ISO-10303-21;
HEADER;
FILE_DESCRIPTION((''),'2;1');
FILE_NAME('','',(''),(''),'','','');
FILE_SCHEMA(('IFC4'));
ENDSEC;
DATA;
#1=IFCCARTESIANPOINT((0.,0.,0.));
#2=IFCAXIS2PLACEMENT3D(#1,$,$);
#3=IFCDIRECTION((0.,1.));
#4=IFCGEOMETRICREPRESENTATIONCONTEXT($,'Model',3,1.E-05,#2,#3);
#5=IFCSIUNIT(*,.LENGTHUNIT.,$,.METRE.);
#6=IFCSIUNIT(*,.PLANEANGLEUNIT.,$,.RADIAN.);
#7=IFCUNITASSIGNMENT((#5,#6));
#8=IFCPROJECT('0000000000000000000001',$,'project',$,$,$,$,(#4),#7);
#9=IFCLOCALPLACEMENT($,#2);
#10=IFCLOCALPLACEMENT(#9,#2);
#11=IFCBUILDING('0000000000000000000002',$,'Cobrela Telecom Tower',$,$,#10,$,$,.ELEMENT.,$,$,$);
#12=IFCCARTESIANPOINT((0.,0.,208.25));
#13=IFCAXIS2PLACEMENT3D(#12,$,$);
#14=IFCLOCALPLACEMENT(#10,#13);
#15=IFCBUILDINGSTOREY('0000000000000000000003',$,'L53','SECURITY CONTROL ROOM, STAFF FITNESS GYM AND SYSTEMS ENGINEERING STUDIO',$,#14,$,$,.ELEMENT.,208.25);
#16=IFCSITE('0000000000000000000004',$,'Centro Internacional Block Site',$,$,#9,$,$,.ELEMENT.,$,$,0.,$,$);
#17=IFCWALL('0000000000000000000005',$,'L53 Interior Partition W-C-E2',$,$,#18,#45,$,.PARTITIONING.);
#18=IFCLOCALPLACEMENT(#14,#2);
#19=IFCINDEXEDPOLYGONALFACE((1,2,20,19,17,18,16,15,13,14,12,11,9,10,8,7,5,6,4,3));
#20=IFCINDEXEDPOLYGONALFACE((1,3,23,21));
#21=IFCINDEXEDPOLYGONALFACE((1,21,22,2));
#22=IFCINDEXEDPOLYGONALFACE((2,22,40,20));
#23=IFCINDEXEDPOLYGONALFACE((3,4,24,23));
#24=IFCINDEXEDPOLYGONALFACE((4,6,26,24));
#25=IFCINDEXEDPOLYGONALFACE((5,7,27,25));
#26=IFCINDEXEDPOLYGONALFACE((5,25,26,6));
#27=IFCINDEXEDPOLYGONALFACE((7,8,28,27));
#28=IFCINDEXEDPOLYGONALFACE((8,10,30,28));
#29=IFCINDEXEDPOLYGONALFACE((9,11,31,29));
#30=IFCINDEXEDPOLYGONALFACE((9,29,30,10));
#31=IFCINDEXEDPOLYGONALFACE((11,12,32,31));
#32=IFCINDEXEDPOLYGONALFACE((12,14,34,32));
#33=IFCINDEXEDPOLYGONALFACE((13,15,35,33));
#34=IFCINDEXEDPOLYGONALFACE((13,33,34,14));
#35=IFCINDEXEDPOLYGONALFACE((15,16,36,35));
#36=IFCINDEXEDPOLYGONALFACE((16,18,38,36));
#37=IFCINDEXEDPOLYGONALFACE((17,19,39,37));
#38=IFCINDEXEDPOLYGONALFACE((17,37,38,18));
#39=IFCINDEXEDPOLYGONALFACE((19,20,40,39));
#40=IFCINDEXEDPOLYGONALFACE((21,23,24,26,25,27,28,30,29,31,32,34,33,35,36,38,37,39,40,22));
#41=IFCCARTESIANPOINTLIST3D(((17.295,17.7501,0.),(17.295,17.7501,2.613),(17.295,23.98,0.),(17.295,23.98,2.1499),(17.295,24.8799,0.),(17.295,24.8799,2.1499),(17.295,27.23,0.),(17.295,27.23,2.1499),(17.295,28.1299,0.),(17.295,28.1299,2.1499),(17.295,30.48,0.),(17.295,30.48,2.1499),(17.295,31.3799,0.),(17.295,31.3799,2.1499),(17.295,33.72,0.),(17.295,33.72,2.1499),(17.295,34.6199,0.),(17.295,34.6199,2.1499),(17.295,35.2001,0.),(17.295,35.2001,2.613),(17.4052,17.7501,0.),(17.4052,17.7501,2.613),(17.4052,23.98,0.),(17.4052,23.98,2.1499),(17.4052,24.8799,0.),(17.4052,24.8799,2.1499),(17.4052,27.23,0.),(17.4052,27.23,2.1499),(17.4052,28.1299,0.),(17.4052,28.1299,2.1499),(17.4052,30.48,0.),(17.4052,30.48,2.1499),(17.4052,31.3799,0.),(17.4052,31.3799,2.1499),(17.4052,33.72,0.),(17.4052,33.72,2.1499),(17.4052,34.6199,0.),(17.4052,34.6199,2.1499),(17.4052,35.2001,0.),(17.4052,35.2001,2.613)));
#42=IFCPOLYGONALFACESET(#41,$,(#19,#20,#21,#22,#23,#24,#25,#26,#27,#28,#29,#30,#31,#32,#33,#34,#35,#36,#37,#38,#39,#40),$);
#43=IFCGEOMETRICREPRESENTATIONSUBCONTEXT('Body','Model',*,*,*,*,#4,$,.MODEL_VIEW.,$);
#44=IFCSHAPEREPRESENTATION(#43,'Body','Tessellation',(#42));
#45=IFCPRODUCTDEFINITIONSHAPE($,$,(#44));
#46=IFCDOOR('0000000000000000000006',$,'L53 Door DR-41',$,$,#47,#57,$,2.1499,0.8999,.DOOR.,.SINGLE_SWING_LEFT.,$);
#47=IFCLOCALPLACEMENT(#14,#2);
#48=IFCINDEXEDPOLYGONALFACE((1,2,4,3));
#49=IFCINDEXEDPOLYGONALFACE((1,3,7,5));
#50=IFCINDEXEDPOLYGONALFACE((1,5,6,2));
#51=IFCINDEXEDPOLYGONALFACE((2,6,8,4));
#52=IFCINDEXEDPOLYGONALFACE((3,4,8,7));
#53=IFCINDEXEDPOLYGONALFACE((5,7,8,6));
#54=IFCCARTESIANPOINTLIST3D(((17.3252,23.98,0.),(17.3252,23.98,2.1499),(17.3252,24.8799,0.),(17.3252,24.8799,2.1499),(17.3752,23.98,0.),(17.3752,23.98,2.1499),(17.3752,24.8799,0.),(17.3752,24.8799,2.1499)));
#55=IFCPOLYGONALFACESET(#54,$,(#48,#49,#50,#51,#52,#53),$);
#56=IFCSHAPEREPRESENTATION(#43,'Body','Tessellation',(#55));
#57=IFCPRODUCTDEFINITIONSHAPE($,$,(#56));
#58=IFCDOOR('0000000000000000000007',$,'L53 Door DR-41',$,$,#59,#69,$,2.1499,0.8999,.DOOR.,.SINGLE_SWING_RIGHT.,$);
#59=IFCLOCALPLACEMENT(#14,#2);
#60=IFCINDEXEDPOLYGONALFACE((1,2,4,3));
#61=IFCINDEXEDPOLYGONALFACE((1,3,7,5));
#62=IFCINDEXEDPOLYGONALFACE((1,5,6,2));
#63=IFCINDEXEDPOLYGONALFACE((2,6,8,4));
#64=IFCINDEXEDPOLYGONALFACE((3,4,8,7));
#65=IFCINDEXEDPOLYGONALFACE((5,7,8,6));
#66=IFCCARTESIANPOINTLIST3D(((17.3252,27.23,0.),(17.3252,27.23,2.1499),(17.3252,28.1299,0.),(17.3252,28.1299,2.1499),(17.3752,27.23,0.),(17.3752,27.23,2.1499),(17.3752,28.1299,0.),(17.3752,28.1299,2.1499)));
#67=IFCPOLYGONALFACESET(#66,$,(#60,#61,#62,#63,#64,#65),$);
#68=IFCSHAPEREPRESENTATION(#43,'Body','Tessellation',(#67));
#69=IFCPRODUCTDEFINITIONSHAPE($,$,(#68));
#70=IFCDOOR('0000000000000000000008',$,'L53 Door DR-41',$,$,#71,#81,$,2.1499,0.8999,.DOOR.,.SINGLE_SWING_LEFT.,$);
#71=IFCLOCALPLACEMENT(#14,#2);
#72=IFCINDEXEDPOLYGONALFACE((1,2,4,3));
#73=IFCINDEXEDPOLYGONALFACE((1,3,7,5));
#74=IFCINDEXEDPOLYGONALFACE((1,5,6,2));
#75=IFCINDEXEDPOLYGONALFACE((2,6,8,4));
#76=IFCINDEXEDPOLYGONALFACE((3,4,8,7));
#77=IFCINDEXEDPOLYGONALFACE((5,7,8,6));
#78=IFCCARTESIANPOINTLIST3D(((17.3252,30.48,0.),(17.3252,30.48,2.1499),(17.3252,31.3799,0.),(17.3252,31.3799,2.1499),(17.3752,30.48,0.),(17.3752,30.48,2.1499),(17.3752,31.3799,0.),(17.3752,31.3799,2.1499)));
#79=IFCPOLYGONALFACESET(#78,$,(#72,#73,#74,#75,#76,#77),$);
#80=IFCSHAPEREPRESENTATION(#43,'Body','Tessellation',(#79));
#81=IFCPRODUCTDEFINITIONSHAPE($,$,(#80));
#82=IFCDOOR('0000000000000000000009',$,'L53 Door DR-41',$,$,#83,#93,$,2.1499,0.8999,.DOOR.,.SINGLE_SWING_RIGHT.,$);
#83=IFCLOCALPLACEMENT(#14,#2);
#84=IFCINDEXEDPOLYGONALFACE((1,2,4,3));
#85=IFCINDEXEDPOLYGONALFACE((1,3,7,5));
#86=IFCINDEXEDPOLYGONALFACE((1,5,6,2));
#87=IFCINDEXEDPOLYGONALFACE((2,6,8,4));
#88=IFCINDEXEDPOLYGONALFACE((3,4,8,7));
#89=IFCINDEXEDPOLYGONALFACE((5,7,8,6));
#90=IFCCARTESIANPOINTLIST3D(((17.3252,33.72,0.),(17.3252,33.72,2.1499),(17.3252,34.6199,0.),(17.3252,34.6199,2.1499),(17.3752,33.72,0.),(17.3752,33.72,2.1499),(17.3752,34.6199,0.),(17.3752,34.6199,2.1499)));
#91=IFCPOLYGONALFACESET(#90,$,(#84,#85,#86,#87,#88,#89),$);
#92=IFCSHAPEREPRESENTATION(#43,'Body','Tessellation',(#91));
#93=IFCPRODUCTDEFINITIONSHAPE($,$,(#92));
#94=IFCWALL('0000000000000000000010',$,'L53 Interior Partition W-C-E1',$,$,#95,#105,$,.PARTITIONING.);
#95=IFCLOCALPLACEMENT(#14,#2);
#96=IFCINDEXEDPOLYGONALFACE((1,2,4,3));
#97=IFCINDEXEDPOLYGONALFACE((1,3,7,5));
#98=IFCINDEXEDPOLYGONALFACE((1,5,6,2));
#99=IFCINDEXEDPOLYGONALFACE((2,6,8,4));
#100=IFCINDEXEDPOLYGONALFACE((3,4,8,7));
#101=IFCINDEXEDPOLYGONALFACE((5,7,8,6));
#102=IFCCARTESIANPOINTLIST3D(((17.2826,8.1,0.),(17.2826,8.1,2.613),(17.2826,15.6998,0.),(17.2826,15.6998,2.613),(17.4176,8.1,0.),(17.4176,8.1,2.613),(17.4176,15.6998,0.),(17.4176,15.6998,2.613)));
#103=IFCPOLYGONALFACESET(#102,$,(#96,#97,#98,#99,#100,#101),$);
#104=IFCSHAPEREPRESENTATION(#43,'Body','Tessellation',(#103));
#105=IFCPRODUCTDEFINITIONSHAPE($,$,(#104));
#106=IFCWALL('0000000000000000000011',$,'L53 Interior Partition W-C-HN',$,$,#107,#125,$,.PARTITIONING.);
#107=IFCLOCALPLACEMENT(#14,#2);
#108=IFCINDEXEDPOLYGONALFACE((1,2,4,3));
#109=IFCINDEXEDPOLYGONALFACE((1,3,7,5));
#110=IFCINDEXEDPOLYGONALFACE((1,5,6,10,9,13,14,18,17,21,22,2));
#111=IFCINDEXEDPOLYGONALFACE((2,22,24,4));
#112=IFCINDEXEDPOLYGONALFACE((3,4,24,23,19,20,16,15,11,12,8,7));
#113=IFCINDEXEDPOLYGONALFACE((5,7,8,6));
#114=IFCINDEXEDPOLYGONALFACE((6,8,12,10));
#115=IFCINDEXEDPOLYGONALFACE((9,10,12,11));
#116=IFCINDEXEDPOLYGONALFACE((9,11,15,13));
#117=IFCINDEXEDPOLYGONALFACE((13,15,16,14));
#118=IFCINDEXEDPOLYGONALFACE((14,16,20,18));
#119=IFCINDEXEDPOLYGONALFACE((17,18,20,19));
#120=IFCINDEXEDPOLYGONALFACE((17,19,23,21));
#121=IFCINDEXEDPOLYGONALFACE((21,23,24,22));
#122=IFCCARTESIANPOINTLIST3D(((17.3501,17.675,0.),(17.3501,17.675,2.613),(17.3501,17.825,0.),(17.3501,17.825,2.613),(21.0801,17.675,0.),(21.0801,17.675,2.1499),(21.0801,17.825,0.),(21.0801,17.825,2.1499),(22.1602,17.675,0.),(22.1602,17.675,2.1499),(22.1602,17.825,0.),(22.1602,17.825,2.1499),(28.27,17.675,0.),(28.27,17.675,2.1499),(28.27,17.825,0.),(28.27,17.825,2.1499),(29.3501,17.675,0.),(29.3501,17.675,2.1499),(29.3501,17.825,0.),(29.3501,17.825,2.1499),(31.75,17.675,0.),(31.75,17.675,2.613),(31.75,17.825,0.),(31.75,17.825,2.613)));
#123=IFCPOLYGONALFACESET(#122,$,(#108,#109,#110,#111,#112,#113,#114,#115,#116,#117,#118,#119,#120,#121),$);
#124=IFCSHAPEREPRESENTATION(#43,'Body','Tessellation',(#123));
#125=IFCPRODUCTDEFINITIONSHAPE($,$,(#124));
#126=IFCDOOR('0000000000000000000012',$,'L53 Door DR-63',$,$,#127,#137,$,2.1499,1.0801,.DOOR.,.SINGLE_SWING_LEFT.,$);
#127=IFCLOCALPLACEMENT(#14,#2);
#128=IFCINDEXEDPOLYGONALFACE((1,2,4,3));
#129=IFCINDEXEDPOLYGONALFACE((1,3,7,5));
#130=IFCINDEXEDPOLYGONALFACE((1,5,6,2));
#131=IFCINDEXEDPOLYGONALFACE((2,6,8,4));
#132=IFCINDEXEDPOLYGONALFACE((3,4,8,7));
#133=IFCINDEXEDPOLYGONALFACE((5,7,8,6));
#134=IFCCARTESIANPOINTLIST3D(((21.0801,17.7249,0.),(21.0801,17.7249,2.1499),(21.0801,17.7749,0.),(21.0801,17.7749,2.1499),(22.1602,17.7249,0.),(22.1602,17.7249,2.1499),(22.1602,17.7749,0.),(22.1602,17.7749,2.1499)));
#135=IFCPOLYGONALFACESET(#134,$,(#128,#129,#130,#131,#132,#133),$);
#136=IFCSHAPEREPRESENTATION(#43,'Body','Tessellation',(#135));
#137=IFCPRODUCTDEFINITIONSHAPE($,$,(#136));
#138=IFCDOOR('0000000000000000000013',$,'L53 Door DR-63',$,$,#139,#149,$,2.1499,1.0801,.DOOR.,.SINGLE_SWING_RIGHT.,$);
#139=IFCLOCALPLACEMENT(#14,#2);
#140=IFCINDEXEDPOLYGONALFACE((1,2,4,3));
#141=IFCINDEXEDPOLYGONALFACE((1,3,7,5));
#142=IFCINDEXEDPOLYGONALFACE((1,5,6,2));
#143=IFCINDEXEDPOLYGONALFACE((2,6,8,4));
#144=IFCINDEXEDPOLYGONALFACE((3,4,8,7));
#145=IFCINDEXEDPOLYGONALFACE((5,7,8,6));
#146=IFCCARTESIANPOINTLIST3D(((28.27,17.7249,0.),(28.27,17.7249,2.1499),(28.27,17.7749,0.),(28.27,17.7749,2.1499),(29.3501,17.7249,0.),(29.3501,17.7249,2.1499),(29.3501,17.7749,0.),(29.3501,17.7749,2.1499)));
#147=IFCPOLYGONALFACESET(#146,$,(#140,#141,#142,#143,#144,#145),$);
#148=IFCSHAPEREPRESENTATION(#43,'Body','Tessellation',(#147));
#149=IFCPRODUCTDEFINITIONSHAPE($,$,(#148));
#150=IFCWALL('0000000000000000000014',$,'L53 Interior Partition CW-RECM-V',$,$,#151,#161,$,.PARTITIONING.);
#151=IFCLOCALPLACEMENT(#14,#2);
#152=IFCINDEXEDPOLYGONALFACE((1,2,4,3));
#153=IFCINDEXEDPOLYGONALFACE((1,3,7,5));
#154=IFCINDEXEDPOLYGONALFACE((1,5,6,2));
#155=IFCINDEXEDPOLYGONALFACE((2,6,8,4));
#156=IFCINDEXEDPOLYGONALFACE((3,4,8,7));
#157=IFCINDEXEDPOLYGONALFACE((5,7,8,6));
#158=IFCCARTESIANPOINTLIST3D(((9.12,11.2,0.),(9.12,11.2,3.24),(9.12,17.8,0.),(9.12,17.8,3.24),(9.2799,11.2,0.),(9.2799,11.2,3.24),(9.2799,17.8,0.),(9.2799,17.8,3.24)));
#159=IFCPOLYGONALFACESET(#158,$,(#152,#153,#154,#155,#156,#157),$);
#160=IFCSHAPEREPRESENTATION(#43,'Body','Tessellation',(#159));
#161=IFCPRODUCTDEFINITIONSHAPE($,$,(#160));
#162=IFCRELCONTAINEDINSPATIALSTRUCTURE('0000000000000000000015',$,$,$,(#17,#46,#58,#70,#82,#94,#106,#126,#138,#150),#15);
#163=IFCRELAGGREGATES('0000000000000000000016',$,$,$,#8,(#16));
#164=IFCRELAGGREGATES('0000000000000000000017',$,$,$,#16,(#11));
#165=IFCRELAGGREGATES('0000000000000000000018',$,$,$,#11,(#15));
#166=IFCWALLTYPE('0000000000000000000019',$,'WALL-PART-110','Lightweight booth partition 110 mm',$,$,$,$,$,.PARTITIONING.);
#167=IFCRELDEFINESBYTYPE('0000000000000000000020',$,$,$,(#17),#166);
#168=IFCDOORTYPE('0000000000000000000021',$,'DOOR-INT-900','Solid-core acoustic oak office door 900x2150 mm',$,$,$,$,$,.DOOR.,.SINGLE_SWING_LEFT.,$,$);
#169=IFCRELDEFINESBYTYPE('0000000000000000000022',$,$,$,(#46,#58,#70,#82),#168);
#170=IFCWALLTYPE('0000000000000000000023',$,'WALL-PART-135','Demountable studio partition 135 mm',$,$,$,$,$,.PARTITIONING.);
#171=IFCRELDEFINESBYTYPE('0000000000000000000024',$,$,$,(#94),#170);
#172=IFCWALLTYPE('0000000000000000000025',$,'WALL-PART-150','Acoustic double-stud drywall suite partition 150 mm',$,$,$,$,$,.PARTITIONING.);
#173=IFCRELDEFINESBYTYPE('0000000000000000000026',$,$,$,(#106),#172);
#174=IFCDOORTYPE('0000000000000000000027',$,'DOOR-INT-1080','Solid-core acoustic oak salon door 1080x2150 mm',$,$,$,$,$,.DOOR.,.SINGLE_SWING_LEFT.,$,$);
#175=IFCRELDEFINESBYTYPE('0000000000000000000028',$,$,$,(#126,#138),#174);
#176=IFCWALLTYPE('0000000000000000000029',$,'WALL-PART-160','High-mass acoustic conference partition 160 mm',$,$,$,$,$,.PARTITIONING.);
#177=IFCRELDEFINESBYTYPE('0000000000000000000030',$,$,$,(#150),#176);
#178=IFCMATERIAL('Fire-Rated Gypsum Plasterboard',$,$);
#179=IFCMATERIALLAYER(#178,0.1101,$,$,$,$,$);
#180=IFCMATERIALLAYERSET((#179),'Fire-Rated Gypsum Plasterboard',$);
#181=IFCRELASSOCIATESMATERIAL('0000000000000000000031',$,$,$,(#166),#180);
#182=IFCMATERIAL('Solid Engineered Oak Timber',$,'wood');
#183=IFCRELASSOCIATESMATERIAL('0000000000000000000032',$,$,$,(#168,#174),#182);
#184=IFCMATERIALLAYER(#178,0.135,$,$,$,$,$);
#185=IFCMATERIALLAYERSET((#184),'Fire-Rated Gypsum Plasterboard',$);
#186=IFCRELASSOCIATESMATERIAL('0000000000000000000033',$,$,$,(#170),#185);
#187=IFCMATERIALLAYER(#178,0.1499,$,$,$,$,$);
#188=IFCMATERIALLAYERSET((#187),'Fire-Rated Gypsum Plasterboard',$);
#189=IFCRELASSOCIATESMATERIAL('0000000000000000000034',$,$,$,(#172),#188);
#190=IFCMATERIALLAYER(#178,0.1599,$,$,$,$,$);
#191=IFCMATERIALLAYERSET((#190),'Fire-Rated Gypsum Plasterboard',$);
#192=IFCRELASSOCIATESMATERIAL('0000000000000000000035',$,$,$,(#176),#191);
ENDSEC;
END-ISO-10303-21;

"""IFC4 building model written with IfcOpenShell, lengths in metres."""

from ifc_helpers import new_model, si_unit, direction, frame, frame_2d, origin, place, context, subcontext, project, spatial, rectangle, extrude, material, layer, layer_set, type_object, element, fill, save


model = new_model("IFC4")

# Units and contexts
model_context = context("Model", 3, precision=1e-05, world=origin(), true_north=direction((0.0, 1.0)))
body_context = subcontext(model_context, "Body", "Model", "MODEL_VIEW")
ifc_project = project(units=[si_unit("LENGTHUNIT", "METRE"), si_unit("PLANEANGLEUNIT", "RADIAN")], contexts=[model_context])

# Site, building, storey
site_placement = place(None, origin())
site = spatial("IfcSite", under=ifc_project, at=site_placement, Name="Centro Internacional Block Site", CompositionType="ELEMENT", RefElevation=0.0)
building_placement = place(site_placement, origin())
building = spatial("IfcBuilding", under=site, at=building_placement, Name="Cobrela Telecom Tower", CompositionType="ELEMENT")
storey_placement = place(building_placement, frame((0.0, 0.0, 208.25)))
storey = spatial("IfcBuildingStorey", under=building, at=storey_placement, Name="L53", Description="SECURITY CONTROL ROOM, STAFF FITNESS GYM AND SYSTEMS ENGINEERING STUDIO", CompositionType="ELEMENT", Elevation=208.25)

# Wall, openings, doors
ifc_material_1 = material(Name="Fire-Rated Gypsum Plasterboard")
ifc_layer_1 = layer(ifc_material_1, 0.1101)
ifc_layer_set_1 = layer_set([ifc_layer_1], Name="Fire-Rated Gypsum Plasterboard")
wall_type_1 = type_object("IfcWallType", Name="WALL-PART-110", Description="Lightweight booth partition 110 mm", PredefinedType="PARTITIONING", material=ifc_layer_set_1)
wall_1_placement = place(storey_placement, frame((17.3501, 17.75, 0.0), z_axis=(0.0, 0.0, 1.0), x_axis=(0.0, 1.0, 0.0)))
wall_1 = element("IfcWall", 1, at=wall_1_placement, inside=storey, type_object=wall_type_1, Name="L53 Interior Partition W-C-E2", PredefinedType="PARTITIONING", context=body_context, shape_type="SweptSolid", body=[
    extrude(rectangle(XDim=17.45, YDim=0.1101, at=frame_2d((8.7251, 0.0))), origin(), (0.0, 0.0, 1.0), 2.613),
])
opening_1_placement = place(wall_1_placement, frame((6.23, 0.0, 0.0)))
opening_1 = element("IfcOpeningElement", 2, at=opening_1_placement, cuts=wall_1, PredefinedType="OPENING", context=body_context, shape_type="SweptSolid", body=[
    extrude(rectangle(XDim=0.8999, YDim=2.1499, at=frame_2d((0.45, 1.075))), frame((0.0, 0.0669, 0.0), z_axis=(0.0, -1.0, 0.0), x_axis=(1.0, 0.0, 0.0)), (0.0, 0.0, 1.0), 0.134),
])
opening_2_placement = place(wall_1_placement, frame((9.48, 0.0, 0.0)))
opening_2 = element("IfcOpeningElement", 3, at=opening_2_placement, cuts=wall_1, PredefinedType="OPENING", context=body_context, shape_type="SweptSolid", body=[
    extrude(rectangle(XDim=0.8999, YDim=2.1499, at=frame_2d((0.45, 1.075))), frame((0.0, 0.0669, 0.0), z_axis=(0.0, -1.0, 0.0), x_axis=(1.0, 0.0, 0.0)), (0.0, 0.0, 1.0), 0.134),
])
opening_3_placement = place(wall_1_placement, frame((12.73, 0.0, 0.0)))
opening_3 = element("IfcOpeningElement", 4, at=opening_3_placement, cuts=wall_1, PredefinedType="OPENING", context=body_context, shape_type="SweptSolid", body=[
    extrude(rectangle(XDim=0.8999, YDim=2.1499, at=frame_2d((0.45, 1.075))), frame((0.0, 0.0669, 0.0), z_axis=(0.0, -1.0, 0.0), x_axis=(1.0, 0.0, 0.0)), (0.0, 0.0, 1.0), 0.134),
])
opening_4_placement = place(wall_1_placement, frame((15.97, 0.0, 0.0)))
opening_4 = element("IfcOpeningElement", 5, at=opening_4_placement, cuts=wall_1, PredefinedType="OPENING", context=body_context, shape_type="SweptSolid", body=[
    extrude(rectangle(XDim=0.8999, YDim=2.1499, at=frame_2d((0.45, 1.075))), frame((0.0, 0.0669, 0.0), z_axis=(0.0, -1.0, 0.0), x_axis=(1.0, 0.0, 0.0)), (0.0, 0.0, 1.0), 0.134),
])
ifc_material_2 = material(Name="Solid Engineered Oak Timber", Category="wood")
door_type_1 = type_object("IfcDoorType", Name="DOOR-INT-900", Description="Solid-core acoustic oak office door 900x2150 mm", OperationType="SINGLE_SWING_LEFT", PredefinedType="DOOR", material=ifc_material_2)
door_1_placement = place(opening_1_placement, origin())
door_1 = element("IfcDoor", 6, at=door_1_placement, inside=storey, type_object=door_type_1, Name="L53 Door DR-41", OperationType="SINGLE_SWING_LEFT", OverallHeight=2.1499, OverallWidth=0.8999, PredefinedType="DOOR", context=body_context, shape_type="SweptSolid", body=[
    extrude(rectangle(XDim=0.8999, YDim=2.1499, at=frame_2d((0.45, 1.075))), frame((0.0, 0.0249, 0.0), z_axis=(0.0, -1.0, 0.0), x_axis=(1.0, 0.0, 0.0)), (0.0, 0.0, 1.0), 0.05),
])
fill(opening_1, door_1)
door_2_placement = place(opening_2_placement, origin())
door_2 = element("IfcDoor", 7, at=door_2_placement, inside=storey, type_object=door_type_1, Name="L53 Door DR-41", OperationType="SINGLE_SWING_RIGHT", OverallHeight=2.1499, OverallWidth=0.8999, PredefinedType="DOOR", context=body_context, shape_type="SweptSolid", body=[
    extrude(rectangle(XDim=0.8999, YDim=2.1499, at=frame_2d((0.45, 1.075))), frame((0.0, 0.0249, 0.0), z_axis=(0.0, -1.0, 0.0), x_axis=(1.0, 0.0, 0.0)), (0.0, 0.0, 1.0), 0.05),
])
fill(opening_2, door_2)
door_3_placement = place(opening_3_placement, origin())
door_3 = element("IfcDoor", 8, at=door_3_placement, inside=storey, type_object=door_type_1, Name="L53 Door DR-41", OperationType="SINGLE_SWING_LEFT", OverallHeight=2.1499, OverallWidth=0.8999, PredefinedType="DOOR", context=body_context, shape_type="SweptSolid", body=[
    extrude(rectangle(XDim=0.8999, YDim=2.1499, at=frame_2d((0.45, 1.075))), frame((0.0, 0.0249, 0.0), z_axis=(0.0, -1.0, 0.0), x_axis=(1.0, 0.0, 0.0)), (0.0, 0.0, 1.0), 0.05),
])
fill(opening_3, door_3)
door_4_placement = place(opening_4_placement, origin())
door_4 = element("IfcDoor", 9, at=door_4_placement, inside=storey, type_object=door_type_1, Name="L53 Door DR-41", OperationType="SINGLE_SWING_RIGHT", OverallHeight=2.1499, OverallWidth=0.8999, PredefinedType="DOOR", context=body_context, shape_type="SweptSolid", body=[
    extrude(rectangle(XDim=0.8999, YDim=2.1499, at=frame_2d((0.45, 1.075))), frame((0.0, 0.0249, 0.0), z_axis=(0.0, -1.0, 0.0), x_axis=(1.0, 0.0, 0.0)), (0.0, 0.0, 1.0), 0.05),
])
fill(opening_4, door_4)

# Wall
ifc_layer_2 = layer(ifc_material_1, 0.135)
ifc_layer_set_2 = layer_set([ifc_layer_2], Name="Fire-Rated Gypsum Plasterboard")
wall_type_2 = type_object("IfcWallType", Name="WALL-PART-135", Description="Demountable studio partition 135 mm", PredefinedType="PARTITIONING", material=ifc_layer_set_2)
wall_2_placement = place(storey_placement, frame((17.3501, 8.1001, 0.0), z_axis=(0.0, 0.0, 1.0), x_axis=(0.0, 1.0, 0.0)))
element("IfcWall", 10, at=wall_2_placement, inside=storey, type_object=wall_type_2, Name="L53 Interior Partition W-C-E1", PredefinedType="PARTITIONING", context=body_context, shape_type="SweptSolid", body=[
    extrude(rectangle(XDim=7.5999, YDim=0.135, at=frame_2d((3.7998, 0.0))), origin(), (0.0, 0.0, 1.0), 2.613),
])

# Wall, openings, doors
ifc_layer_3 = layer(ifc_material_1, 0.1499)
ifc_layer_set_3 = layer_set([ifc_layer_3], Name="Fire-Rated Gypsum Plasterboard")
wall_type_3 = type_object("IfcWallType", Name="WALL-PART-150", Description="Acoustic double-stud drywall suite partition 150 mm", PredefinedType="PARTITIONING", material=ifc_layer_set_3)
wall_3_placement = place(storey_placement, frame((17.3501, 17.75, 0.0), z_axis=(0.0, 0.0, 1.0), x_axis=(1.0, 0.0, 0.0)))
wall_3 = element("IfcWall", 11, at=wall_3_placement, inside=storey, type_object=wall_type_3, Name="L53 Interior Partition W-C-HN", PredefinedType="PARTITIONING", context=body_context, shape_type="SweptSolid", body=[
    extrude(rectangle(XDim=14.3999, YDim=0.1499, at=frame_2d((7.2, 0.0))), origin(), (0.0, 0.0, 1.0), 2.613),
])
opening_5_placement = place(wall_3_placement, frame((3.73, 0.0, 0.0)))
opening_5 = element("IfcOpeningElement", 12, at=opening_5_placement, cuts=wall_3, PredefinedType="OPENING", context=body_context, shape_type="SweptSolid", body=[
    extrude(rectangle(XDim=1.0801, YDim=2.1499, at=frame_2d((0.54, 1.075))), frame((0.0, 0.0869, 0.0), z_axis=(0.0, -1.0, 0.0), x_axis=(1.0, 0.0, 0.0)), (0.0, 0.0, 1.0), 0.1738),
])
opening_6_placement = place(wall_3_placement, frame((10.9199, 0.0, 0.0)))
opening_6 = element("IfcOpeningElement", 13, at=opening_6_placement, cuts=wall_3, PredefinedType="OPENING", context=body_context, shape_type="SweptSolid", body=[
    extrude(rectangle(XDim=1.0801, YDim=2.1499, at=frame_2d((0.54, 1.075))), frame((0.0, 0.0869, 0.0), z_axis=(0.0, -1.0, 0.0), x_axis=(1.0, 0.0, 0.0)), (0.0, 0.0, 1.0), 0.1738),
])
door_type_2 = type_object("IfcDoorType", Name="DOOR-INT-1080", Description="Solid-core acoustic oak salon door 1080x2150 mm", OperationType="SINGLE_SWING_LEFT", PredefinedType="DOOR", material=ifc_material_2)
door_5_placement = place(opening_5_placement, origin())
door_5 = element("IfcDoor", 14, at=door_5_placement, inside=storey, type_object=door_type_2, Name="L53 Door DR-63", OperationType="SINGLE_SWING_LEFT", OverallHeight=2.1499, OverallWidth=1.0801, PredefinedType="DOOR", context=body_context, shape_type="SweptSolid", body=[
    extrude(rectangle(XDim=1.0801, YDim=2.1499, at=frame_2d((0.54, 1.075))), frame((0.0, 0.0249, 0.0), z_axis=(0.0, -1.0, 0.0), x_axis=(1.0, 0.0, 0.0)), (0.0, 0.0, 1.0), 0.05),
])
fill(opening_5, door_5)
door_6_placement = place(opening_6_placement, origin())
door_6 = element("IfcDoor", 15, at=door_6_placement, inside=storey, type_object=door_type_2, Name="L53 Door DR-63", OperationType="SINGLE_SWING_RIGHT", OverallHeight=2.1499, OverallWidth=1.0801, PredefinedType="DOOR", context=body_context, shape_type="SweptSolid", body=[
    extrude(rectangle(XDim=1.0801, YDim=2.1499, at=frame_2d((0.54, 1.075))), frame((0.0, 0.0249, 0.0), z_axis=(0.0, -1.0, 0.0), x_axis=(1.0, 0.0, 0.0)), (0.0, 0.0, 1.0), 0.05),
])
fill(opening_6, door_6)

# Wall
ifc_layer_4 = layer(ifc_material_1, 0.1599)
ifc_layer_set_4 = layer_set([ifc_layer_4], Name="Fire-Rated Gypsum Plasterboard")
wall_type_4 = type_object("IfcWallType", Name="WALL-PART-160", Description="High-mass acoustic conference partition 160 mm", PredefinedType="PARTITIONING", material=ifc_layer_set_4)
wall_4_placement = place(storey_placement, frame((9.2, 11.2, 0.0), z_axis=(0.0, 0.0, 1.0), x_axis=(0.0, 1.0, 0.0)))
element("IfcWall", 16, at=wall_4_placement, inside=storey, type_object=wall_type_4, Name="L53 Interior Partition CW-RECM-V", PredefinedType="PARTITIONING", context=body_context, shape_type="SweptSolid", body=[
    extrude(rectangle(XDim=6.6001, YDim=0.1599, at=frame_2d((3.3, 0.0))), origin(), (0.0, 0.0, 1.0), 3.24),
])

save(model, "model.ifc")
